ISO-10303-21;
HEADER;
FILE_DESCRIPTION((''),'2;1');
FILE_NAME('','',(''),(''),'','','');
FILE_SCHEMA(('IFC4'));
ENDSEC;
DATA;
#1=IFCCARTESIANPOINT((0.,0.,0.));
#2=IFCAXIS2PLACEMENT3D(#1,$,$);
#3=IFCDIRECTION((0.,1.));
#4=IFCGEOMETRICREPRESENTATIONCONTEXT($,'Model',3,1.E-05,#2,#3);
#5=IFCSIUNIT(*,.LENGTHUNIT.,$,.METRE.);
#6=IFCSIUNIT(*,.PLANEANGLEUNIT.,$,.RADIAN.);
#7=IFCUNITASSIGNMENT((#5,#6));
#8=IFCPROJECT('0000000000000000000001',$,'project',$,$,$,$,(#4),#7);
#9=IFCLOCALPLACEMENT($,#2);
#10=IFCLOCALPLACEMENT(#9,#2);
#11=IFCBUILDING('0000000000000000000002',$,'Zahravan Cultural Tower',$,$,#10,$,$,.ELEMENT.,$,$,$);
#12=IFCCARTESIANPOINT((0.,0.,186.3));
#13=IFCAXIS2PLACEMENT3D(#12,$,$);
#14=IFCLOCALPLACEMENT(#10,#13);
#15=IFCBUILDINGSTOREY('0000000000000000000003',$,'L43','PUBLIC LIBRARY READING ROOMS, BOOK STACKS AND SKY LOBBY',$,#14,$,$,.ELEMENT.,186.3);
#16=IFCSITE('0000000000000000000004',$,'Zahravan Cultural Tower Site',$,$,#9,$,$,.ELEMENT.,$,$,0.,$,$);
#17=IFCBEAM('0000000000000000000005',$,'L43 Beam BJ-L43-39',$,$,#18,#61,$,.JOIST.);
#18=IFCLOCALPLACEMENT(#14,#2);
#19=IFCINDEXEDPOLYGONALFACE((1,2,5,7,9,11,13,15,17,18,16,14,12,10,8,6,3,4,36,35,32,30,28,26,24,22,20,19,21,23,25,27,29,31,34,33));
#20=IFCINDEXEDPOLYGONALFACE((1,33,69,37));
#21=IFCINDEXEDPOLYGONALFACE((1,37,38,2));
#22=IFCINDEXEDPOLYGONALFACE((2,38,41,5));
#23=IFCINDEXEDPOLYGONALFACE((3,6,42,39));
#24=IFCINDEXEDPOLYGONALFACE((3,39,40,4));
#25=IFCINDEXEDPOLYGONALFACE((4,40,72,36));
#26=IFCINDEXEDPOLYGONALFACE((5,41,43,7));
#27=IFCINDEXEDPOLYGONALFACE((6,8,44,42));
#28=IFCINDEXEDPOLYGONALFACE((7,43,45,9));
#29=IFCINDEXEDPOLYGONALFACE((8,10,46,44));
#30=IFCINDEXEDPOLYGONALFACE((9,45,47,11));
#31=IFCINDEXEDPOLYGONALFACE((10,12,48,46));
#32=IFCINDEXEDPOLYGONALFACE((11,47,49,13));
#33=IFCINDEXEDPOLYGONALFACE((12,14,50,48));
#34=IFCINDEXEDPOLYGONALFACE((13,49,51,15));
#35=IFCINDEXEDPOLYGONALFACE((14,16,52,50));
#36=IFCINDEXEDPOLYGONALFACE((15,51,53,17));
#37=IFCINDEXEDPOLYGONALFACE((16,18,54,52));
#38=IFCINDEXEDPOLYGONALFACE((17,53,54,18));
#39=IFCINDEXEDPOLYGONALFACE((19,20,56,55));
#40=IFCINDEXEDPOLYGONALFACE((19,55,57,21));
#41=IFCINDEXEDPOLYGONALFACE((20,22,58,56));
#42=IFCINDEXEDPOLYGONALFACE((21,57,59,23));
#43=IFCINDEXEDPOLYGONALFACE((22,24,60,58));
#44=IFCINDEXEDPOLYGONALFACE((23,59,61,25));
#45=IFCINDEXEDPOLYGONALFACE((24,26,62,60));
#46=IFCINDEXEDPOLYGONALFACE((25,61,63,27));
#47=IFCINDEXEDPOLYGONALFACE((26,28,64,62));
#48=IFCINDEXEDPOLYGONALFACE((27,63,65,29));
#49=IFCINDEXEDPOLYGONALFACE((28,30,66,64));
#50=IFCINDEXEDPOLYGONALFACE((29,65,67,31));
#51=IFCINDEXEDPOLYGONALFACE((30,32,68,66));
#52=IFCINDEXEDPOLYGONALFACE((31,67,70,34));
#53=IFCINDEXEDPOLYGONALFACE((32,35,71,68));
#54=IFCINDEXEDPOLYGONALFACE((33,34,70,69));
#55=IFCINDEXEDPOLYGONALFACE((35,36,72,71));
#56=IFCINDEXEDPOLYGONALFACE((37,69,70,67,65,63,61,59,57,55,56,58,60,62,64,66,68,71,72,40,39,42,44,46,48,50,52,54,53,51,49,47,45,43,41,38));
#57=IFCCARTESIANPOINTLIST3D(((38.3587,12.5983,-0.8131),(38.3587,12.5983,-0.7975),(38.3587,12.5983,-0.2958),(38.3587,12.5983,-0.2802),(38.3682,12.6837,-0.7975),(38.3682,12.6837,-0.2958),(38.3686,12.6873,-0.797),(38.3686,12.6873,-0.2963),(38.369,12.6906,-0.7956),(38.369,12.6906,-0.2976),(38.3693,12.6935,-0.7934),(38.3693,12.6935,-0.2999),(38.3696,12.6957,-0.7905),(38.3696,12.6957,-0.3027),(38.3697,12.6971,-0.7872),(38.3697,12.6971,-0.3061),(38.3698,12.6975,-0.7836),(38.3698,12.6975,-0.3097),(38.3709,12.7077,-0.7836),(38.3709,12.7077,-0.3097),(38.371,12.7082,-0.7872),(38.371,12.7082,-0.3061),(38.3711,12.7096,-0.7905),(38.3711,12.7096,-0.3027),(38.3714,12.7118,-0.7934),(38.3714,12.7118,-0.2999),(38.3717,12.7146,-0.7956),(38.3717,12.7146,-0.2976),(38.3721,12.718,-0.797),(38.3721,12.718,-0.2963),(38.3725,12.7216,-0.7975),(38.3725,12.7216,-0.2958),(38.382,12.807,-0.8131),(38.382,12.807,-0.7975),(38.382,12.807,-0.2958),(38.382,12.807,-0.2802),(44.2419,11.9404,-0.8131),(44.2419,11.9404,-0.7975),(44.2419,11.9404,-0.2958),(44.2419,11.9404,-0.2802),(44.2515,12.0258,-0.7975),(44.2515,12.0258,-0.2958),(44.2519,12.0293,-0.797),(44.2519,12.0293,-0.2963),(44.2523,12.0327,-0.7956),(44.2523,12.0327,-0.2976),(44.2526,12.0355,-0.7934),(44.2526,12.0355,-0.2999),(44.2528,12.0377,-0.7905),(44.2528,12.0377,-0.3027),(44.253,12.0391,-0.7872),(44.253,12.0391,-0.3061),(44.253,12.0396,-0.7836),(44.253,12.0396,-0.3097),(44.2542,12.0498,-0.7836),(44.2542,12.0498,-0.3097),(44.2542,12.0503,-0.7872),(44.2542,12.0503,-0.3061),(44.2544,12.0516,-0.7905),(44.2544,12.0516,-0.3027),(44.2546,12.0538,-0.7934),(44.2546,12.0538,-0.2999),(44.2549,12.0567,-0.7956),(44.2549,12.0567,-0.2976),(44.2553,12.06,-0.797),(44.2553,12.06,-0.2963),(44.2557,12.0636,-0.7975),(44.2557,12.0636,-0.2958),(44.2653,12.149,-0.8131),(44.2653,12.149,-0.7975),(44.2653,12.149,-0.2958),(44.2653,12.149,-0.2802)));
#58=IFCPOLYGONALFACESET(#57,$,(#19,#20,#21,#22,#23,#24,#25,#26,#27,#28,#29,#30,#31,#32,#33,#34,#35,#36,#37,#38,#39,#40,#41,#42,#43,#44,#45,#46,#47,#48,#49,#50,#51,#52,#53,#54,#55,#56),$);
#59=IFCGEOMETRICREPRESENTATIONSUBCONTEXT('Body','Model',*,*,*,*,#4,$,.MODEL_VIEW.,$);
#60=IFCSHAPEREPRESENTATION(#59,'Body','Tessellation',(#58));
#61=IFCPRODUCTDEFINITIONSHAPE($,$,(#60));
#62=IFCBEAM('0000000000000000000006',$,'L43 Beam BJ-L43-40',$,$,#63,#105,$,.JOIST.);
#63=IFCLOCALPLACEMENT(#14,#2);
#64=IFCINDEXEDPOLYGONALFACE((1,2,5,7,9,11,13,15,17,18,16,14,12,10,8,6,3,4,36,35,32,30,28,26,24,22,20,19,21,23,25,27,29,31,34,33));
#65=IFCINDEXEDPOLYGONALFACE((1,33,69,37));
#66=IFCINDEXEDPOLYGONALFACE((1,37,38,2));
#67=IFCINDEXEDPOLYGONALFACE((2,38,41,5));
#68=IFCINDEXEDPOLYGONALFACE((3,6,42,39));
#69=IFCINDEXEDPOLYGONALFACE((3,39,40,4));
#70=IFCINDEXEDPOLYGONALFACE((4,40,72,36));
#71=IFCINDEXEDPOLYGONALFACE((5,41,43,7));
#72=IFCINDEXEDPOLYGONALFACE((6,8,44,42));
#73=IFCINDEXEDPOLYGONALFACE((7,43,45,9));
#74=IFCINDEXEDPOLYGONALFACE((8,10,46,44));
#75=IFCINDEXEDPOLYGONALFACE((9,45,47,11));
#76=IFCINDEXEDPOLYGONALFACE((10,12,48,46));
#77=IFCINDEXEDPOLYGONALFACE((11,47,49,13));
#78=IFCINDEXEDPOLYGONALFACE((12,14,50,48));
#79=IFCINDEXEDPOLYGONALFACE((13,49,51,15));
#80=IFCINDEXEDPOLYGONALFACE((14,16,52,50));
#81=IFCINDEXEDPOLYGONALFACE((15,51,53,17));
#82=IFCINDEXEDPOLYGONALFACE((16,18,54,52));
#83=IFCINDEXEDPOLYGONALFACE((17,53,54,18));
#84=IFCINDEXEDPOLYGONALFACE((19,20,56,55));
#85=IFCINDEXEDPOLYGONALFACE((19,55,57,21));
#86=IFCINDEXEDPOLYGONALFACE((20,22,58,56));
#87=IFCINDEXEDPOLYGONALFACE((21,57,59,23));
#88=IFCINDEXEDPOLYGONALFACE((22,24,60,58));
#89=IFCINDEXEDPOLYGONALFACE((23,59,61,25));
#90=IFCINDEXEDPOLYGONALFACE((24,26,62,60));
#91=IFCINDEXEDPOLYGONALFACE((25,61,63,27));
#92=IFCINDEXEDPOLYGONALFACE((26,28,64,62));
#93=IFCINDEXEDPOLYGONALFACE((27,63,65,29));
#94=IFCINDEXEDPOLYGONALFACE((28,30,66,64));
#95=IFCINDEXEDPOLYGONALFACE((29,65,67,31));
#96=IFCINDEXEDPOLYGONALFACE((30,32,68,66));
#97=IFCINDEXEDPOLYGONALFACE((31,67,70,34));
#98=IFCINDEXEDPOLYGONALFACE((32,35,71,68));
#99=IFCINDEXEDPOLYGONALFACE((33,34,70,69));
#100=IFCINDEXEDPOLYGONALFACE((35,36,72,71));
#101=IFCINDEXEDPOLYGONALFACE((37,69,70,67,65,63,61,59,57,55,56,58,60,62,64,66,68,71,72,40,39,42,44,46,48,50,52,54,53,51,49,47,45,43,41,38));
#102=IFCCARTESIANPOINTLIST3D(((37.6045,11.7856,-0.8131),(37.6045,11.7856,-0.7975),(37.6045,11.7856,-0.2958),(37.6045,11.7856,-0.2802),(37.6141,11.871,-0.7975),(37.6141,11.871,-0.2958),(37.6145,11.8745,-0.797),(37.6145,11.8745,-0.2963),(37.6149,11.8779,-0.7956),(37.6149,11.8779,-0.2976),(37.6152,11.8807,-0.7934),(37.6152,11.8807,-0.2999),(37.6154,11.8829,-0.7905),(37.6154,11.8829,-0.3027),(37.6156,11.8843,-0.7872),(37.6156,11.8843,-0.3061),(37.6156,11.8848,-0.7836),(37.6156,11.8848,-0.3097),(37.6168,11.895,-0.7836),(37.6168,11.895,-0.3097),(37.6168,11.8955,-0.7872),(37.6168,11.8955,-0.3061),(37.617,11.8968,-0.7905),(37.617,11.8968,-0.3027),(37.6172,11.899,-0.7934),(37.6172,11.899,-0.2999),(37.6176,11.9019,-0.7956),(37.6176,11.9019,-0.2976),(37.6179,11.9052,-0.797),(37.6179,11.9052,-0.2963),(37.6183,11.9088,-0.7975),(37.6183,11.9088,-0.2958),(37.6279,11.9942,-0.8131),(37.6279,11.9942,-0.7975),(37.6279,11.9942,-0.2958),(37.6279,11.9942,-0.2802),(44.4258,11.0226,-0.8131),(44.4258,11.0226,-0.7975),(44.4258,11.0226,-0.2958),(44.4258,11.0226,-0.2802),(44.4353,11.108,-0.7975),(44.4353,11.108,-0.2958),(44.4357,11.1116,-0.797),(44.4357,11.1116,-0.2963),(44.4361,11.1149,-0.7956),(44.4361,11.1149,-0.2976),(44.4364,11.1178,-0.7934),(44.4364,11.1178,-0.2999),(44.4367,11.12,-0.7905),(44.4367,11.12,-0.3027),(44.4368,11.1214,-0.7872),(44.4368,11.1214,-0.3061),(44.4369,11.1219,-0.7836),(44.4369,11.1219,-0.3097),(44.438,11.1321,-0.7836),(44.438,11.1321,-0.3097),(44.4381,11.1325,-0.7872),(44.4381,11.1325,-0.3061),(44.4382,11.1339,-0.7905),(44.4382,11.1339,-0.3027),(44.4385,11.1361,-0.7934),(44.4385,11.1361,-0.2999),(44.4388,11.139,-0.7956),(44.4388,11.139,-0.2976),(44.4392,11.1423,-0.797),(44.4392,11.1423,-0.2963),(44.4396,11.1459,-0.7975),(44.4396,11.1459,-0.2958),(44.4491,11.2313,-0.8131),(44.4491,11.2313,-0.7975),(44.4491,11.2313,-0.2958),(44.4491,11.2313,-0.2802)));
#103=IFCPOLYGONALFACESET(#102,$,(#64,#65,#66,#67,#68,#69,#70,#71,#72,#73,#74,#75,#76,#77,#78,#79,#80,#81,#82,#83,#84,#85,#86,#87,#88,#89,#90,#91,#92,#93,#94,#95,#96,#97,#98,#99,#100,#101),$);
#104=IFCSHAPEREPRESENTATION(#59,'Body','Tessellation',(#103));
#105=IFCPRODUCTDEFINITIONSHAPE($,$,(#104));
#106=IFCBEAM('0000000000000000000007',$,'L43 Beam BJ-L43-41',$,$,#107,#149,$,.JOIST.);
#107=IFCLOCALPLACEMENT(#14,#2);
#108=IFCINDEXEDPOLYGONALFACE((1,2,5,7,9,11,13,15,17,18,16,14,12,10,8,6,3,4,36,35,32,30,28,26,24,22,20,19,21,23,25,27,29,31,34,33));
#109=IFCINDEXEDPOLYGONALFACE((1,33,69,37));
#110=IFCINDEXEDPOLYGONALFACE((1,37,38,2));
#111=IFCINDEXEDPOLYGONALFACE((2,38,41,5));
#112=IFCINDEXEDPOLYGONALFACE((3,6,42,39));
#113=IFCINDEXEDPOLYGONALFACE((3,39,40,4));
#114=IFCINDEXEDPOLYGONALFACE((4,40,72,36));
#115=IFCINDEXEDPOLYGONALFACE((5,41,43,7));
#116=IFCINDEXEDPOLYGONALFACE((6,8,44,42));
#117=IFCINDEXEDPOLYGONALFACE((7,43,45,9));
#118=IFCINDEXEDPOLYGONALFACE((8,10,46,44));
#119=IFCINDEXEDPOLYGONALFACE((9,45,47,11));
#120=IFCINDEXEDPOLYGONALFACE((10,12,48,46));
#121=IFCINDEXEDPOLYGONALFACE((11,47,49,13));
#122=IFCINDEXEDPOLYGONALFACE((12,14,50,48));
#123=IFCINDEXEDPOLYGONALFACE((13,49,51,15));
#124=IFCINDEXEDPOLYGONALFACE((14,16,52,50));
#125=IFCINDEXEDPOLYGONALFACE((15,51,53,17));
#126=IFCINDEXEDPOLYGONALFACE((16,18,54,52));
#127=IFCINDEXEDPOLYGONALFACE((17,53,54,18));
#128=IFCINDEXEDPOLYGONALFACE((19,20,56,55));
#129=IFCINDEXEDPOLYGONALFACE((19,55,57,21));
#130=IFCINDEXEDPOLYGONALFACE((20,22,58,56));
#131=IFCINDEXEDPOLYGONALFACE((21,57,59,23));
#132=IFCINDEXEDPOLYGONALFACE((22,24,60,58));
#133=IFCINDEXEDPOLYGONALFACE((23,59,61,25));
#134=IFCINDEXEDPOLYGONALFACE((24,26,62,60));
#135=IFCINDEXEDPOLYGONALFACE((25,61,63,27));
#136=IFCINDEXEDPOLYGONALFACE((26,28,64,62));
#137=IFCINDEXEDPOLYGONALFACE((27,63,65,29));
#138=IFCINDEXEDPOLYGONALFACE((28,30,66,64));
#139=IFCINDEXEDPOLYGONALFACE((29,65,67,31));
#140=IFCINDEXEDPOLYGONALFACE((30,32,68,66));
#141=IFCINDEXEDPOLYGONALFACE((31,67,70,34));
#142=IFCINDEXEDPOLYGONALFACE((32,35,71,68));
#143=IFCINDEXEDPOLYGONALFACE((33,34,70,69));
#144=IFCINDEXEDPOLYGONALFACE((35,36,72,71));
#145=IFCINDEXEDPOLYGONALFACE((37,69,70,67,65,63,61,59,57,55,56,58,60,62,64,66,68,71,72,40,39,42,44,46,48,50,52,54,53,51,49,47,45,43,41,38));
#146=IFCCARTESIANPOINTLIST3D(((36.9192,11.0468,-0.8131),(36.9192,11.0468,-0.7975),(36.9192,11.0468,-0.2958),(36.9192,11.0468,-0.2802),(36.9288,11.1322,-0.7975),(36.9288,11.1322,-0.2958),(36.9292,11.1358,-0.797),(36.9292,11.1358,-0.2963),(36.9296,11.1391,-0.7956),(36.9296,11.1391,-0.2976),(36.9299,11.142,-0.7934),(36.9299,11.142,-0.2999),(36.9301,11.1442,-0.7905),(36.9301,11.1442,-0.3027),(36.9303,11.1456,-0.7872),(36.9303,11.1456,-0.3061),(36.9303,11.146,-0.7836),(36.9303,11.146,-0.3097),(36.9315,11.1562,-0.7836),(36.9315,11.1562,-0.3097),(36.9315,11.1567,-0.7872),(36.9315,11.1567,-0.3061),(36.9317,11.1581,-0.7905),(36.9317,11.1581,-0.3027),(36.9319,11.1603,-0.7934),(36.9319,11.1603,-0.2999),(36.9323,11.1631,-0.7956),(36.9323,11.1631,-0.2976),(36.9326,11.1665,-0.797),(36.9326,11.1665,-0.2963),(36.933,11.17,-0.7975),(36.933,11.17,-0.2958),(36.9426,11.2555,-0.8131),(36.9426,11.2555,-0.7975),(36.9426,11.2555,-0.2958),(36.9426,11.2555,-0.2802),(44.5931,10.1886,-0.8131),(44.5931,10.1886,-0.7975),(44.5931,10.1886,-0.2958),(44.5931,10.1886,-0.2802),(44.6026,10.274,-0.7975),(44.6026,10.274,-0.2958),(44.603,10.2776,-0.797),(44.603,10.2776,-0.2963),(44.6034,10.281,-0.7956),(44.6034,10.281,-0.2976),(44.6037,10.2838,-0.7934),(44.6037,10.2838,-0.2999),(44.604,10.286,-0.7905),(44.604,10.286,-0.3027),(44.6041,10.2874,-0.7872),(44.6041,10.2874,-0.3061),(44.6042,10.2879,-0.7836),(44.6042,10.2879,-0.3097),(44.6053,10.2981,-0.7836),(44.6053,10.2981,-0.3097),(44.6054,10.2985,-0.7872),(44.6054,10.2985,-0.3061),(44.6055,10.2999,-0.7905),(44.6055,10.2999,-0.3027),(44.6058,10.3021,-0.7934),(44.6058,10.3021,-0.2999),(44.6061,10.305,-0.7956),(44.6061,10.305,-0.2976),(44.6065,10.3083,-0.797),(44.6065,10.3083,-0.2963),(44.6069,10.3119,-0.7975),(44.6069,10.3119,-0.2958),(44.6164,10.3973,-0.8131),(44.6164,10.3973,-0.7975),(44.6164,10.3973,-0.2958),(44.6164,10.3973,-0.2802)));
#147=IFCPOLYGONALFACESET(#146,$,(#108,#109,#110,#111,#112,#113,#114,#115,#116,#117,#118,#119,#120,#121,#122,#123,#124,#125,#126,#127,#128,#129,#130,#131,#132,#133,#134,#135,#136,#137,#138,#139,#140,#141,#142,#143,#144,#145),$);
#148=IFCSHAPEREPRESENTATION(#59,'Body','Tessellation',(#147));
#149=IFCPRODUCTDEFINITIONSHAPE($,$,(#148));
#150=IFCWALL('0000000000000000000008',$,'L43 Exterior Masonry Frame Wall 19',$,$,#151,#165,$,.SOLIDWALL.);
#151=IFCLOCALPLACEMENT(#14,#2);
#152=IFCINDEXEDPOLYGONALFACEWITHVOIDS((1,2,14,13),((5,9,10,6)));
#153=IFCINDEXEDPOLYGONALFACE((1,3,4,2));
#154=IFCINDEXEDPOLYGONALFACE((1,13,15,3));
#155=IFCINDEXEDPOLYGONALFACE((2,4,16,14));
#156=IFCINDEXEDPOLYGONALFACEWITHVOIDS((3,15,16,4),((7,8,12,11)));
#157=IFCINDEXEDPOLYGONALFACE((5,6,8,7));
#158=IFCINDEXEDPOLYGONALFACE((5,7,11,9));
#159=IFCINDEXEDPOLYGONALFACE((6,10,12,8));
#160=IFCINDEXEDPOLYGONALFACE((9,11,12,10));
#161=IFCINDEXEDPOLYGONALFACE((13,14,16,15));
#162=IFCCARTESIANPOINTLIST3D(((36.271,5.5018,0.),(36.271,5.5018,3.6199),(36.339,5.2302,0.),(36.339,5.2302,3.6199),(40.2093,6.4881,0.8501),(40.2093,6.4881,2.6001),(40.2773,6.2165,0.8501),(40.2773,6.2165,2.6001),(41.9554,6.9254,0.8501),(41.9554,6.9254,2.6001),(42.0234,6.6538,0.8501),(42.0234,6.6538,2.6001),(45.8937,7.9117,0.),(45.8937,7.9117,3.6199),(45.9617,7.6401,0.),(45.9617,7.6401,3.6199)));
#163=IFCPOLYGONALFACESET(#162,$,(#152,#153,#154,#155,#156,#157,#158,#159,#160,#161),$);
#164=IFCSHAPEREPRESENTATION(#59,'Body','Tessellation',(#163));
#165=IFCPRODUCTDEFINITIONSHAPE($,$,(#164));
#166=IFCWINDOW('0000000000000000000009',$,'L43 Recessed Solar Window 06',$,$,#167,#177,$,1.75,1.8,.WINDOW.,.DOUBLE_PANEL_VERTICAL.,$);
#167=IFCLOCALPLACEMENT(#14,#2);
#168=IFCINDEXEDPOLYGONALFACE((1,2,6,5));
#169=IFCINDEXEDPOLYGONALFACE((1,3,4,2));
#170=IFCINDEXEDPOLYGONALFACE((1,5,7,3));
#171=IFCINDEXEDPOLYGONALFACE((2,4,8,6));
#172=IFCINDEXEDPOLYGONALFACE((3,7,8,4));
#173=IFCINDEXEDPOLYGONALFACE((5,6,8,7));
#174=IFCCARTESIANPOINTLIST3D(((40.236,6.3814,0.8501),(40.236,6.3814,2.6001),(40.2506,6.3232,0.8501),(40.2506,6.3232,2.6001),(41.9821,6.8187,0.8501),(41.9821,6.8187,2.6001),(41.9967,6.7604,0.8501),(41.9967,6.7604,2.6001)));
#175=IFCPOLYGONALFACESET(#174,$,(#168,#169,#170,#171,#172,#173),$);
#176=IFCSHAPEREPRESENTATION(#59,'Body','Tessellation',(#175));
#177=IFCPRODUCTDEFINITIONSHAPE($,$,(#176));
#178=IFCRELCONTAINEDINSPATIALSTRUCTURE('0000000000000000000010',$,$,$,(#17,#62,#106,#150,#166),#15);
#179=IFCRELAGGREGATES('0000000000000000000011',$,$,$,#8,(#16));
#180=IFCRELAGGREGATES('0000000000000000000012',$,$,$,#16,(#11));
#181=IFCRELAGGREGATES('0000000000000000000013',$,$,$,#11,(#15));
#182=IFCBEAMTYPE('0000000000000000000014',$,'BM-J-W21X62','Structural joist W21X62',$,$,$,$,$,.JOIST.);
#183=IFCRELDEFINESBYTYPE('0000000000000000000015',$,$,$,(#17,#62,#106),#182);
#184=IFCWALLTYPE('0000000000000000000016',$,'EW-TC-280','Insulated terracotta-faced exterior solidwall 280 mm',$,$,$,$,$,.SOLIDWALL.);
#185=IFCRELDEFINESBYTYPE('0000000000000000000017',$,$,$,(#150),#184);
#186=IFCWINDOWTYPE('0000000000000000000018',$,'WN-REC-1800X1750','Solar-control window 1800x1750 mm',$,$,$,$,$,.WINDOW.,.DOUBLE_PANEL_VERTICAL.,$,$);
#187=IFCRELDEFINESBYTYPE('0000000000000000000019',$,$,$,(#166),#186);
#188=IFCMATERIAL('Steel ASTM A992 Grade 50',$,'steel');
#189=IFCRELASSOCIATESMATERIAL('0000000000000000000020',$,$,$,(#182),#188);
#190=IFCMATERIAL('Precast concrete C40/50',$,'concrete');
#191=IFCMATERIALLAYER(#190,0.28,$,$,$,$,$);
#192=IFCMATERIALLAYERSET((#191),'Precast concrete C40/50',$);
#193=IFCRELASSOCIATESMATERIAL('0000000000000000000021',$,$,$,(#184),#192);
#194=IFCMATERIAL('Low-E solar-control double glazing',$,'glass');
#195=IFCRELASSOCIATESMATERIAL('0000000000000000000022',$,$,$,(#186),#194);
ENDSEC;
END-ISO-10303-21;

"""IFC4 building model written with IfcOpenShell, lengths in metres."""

from ifc_helpers import new_model, si_unit, direction, frame, frame_2d, origin, origin_2d, place, context, subcontext, project, spatial, rectangle, i_section, extrude, source, transform, mapped, material, layer, layer_set, material_profile, profile_set, type_object, element, fill, save


model = new_model("IFC4")

# Units and contexts
model_context = context("Model", 3, precision=1e-05, world=origin(), true_north=direction((0.0, 1.0)))
body_context = subcontext(model_context, "Body", "Model", "MODEL_VIEW")
ifc_project = project(units=[si_unit("LENGTHUNIT", "METRE"), si_unit("PLANEANGLEUNIT", "RADIAN")], contexts=[model_context])

# Site, building, storey
site_placement = place(None, origin())
site = spatial("IfcSite", under=ifc_project, at=site_placement, Name="Zahravan Cultural Tower Site", CompositionType="ELEMENT", RefElevation=0.0)
building_placement = place(site_placement, origin())
building = spatial("IfcBuilding", under=site, at=building_placement, Name="Zahravan Cultural Tower", CompositionType="ELEMENT")
storey_placement = place(building_placement, frame((0.0, 0.0, 186.3)))
storey = spatial("IfcBuildingStorey", under=building, at=storey_placement, Name="L43", Description="PUBLIC LIBRARY READING ROOMS, BOOK STACKS AND SKY LOBBY", CompositionType="ELEMENT", Elevation=186.3)

# Shared definitions
ifc_material_1 = material(Name="Steel ASTM A992 Grade 50", Category="steel")

# Beams
ifc_material_profile_1 = material_profile(ifc_material_1, i_section(OverallWidth=0.21, OverallDepth=0.533, WebThickness=0.0103, FlangeThickness=0.0156, FilletRadius=0.0139, at=origin_2d()), Name="W21X62")
ifc_profile_set_1 = profile_set([ifc_material_profile_1], Name="Steel ASTM A992 Grade 50")
beam_type_1 = type_object("IfcBeamType", Name="BM-J-W21X62", Description="Structural joist W21X62", PredefinedType="JOIST", material=ifc_profile_set_1)
shared_shape_1 = source(origin(), body_context, "Body", "SweptSolid", [
    extrude(i_section(OverallWidth=0.21, OverallDepth=0.533, WebThickness=0.0103, FlangeThickness=0.0156, FilletRadius=0.0139, at=origin_2d()), origin(), (0.0, 0.0, 1.0), 5.9199),
])
beam_1_placement = place(storey_placement, frame((38.3704, 12.7026, -0.5466), z_axis=(0.993805, -0.111142, 0.0), x_axis=(0.111142, 0.993805, 0.0)))
element("IfcBeam", 1, at=beam_1_placement, inside=storey, type_object=beam_type_1, Name="L43 Beam BJ-L43-39", PredefinedType="JOIST", context=body_context, shape_type="MappedRepresentation", body=[
    mapped(shared_shape_1, transform((0.0, 0.0, 0.0), x_axis=(1.0, 0.0, 0.0), y_axis=(0.0, 1.0, 0.0), z_axis=(0.0, 0.0, 1.0), scale=1.0)),
])
shared_shape_2 = source(origin(), body_context, "Body", "SweptSolid", [
    extrude(i_section(OverallWidth=0.21, OverallDepth=0.533, WebThickness=0.0103, FlangeThickness=0.0156, FilletRadius=0.0139, at=origin_2d()), origin(), (0.0, 0.0, 1.0), 6.8638),
])
beam_2_placement = place(storey_placement, frame((37.6162, 11.8899, -0.5466), z_axis=(0.993803, -0.111154, 0.0), x_axis=(0.111154, 0.993803, 0.0)))
element("IfcBeam", 2, at=beam_2_placement, inside=storey, type_object=beam_type_1, Name="L43 Beam BJ-L43-40", PredefinedType="JOIST", context=body_context, shape_type="MappedRepresentation", body=[
    mapped(shared_shape_2, transform((0.0, 0.0, 0.0), x_axis=(1.0, 0.0, 0.0), y_axis=(0.0, 1.0, 0.0), z_axis=(0.0, 0.0, 1.0), scale=1.0)),
])
shared_shape_3 = source(origin(), body_context, "Body", "SweptSolid", [
    extrude(i_section(OverallWidth=0.21, OverallDepth=0.533, WebThickness=0.0103, FlangeThickness=0.0156, FilletRadius=0.0139, at=origin_2d()), origin(), (0.0, 0.0, 1.0), 7.7217),
])
beam_3_placement = place(storey_placement, frame((36.9309, 11.1511, -0.5466), z_axis=(0.993805, -0.111136, 0.0), x_axis=(0.111136, 0.993805, 0.0)))
element("IfcBeam", 3, at=beam_3_placement, inside=storey, type_object=beam_type_1, Name="L43 Beam BJ-L43-41", PredefinedType="JOIST", context=body_context, shape_type="MappedRepresentation", body=[
    mapped(shared_shape_3, transform((0.0, 0.0, 0.0), x_axis=(1.0, 0.0, 0.0), y_axis=(0.0, 1.0, 0.0), z_axis=(0.0, 0.0, 1.0), scale=1.0)),
])

# Wall, opening, window
ifc_material_2 = material(Name="Precast concrete C40/50", Category="concrete")
ifc_layer_1 = layer(ifc_material_2, 0.28)
ifc_layer_set_1 = layer_set([ifc_layer_1], Name="Precast concrete C40/50")
wall_type_1 = type_object("IfcWallType", Name="EW-TC-280", Description="Insulated terracotta-faced exterior solidwall 280 mm", PredefinedType="SOLIDWALL", material=ifc_layer_set_1)
wall_1_placement = place(storey_placement, frame((45.9277, 7.7759, 0.0), z_axis=(0.0, 0.0, 1.0), x_axis=(-0.970043, -0.242935, 0.0)))
wall_1 = element("IfcWall", 4, at=wall_1_placement, inside=storey, type_object=wall_type_1, Name="L43 Exterior Masonry Frame Wall 19", PredefinedType="SOLIDWALL", context=body_context, shape_type="SweptSolid", body=[
    extrude(rectangle(XDim=9.9199, YDim=0.28, at=frame_2d((4.96, 0.0))), origin(), (0.0, 0.0, 1.0), 3.6199),
])
opening_placement = place(wall_1_placement, frame((4.0601, 0.0, 0.8501)))
opening = element("IfcOpeningElement", 5, at=opening_placement, cuts=wall_1, PredefinedType="OPENING", context=body_context, shape_type="SweptSolid", body=[
    extrude(rectangle(XDim=1.8, YDim=1.75, at=frame_2d((0.8999, 0.875))), frame((0.0, 0.1499, 0.0), z_axis=(0.0, -1.0, 0.0), x_axis=(1.0, 0.0, 0.0)), (0.0, 0.0, 1.0), 0.3),
])
ifc_material_3 = material(Name="Low-E solar-control double glazing", Category="glass")
window_type = type_object("IfcWindowType", Name="WN-REC-1800X1750", Description="Solar-control window 1800x1750 mm", PartitioningType="DOUBLE_PANEL_VERTICAL", PredefinedType="WINDOW", material=ifc_material_3)
shared_shape_4 = source(origin(), body_context, "Body", "SweptSolid", [
    extrude(rectangle(XDim=1.8, YDim=1.75, at=frame_2d((0.8999, 0.875))), frame((0.0, 0.03, 0.0), z_axis=(0.0, -1.0, 0.0), x_axis=(1.0, 0.0, 0.0)), (0.0, 0.0, 1.0), 0.0601),
])
window_placement = place(opening_placement, origin())
window = element("IfcWindow", 6, at=window_placement, inside=storey, type_object=window_type, Name="L43 Recessed Solar Window 06", OverallHeight=1.75, OverallWidth=1.8, PartitioningType="DOUBLE_PANEL_VERTICAL", PredefinedType="WINDOW", context=body_context, shape_type="MappedRepresentation", body=[
    mapped(shared_shape_4, transform((0.0, 0.0, 0.0), x_axis=(1.0, 0.0, 0.0), y_axis=(0.0, 1.0, 0.0), z_axis=(0.0, 0.0, 1.0), scale=1.0)),
])
fill(opening, window)

save(model, "model.ifc")
